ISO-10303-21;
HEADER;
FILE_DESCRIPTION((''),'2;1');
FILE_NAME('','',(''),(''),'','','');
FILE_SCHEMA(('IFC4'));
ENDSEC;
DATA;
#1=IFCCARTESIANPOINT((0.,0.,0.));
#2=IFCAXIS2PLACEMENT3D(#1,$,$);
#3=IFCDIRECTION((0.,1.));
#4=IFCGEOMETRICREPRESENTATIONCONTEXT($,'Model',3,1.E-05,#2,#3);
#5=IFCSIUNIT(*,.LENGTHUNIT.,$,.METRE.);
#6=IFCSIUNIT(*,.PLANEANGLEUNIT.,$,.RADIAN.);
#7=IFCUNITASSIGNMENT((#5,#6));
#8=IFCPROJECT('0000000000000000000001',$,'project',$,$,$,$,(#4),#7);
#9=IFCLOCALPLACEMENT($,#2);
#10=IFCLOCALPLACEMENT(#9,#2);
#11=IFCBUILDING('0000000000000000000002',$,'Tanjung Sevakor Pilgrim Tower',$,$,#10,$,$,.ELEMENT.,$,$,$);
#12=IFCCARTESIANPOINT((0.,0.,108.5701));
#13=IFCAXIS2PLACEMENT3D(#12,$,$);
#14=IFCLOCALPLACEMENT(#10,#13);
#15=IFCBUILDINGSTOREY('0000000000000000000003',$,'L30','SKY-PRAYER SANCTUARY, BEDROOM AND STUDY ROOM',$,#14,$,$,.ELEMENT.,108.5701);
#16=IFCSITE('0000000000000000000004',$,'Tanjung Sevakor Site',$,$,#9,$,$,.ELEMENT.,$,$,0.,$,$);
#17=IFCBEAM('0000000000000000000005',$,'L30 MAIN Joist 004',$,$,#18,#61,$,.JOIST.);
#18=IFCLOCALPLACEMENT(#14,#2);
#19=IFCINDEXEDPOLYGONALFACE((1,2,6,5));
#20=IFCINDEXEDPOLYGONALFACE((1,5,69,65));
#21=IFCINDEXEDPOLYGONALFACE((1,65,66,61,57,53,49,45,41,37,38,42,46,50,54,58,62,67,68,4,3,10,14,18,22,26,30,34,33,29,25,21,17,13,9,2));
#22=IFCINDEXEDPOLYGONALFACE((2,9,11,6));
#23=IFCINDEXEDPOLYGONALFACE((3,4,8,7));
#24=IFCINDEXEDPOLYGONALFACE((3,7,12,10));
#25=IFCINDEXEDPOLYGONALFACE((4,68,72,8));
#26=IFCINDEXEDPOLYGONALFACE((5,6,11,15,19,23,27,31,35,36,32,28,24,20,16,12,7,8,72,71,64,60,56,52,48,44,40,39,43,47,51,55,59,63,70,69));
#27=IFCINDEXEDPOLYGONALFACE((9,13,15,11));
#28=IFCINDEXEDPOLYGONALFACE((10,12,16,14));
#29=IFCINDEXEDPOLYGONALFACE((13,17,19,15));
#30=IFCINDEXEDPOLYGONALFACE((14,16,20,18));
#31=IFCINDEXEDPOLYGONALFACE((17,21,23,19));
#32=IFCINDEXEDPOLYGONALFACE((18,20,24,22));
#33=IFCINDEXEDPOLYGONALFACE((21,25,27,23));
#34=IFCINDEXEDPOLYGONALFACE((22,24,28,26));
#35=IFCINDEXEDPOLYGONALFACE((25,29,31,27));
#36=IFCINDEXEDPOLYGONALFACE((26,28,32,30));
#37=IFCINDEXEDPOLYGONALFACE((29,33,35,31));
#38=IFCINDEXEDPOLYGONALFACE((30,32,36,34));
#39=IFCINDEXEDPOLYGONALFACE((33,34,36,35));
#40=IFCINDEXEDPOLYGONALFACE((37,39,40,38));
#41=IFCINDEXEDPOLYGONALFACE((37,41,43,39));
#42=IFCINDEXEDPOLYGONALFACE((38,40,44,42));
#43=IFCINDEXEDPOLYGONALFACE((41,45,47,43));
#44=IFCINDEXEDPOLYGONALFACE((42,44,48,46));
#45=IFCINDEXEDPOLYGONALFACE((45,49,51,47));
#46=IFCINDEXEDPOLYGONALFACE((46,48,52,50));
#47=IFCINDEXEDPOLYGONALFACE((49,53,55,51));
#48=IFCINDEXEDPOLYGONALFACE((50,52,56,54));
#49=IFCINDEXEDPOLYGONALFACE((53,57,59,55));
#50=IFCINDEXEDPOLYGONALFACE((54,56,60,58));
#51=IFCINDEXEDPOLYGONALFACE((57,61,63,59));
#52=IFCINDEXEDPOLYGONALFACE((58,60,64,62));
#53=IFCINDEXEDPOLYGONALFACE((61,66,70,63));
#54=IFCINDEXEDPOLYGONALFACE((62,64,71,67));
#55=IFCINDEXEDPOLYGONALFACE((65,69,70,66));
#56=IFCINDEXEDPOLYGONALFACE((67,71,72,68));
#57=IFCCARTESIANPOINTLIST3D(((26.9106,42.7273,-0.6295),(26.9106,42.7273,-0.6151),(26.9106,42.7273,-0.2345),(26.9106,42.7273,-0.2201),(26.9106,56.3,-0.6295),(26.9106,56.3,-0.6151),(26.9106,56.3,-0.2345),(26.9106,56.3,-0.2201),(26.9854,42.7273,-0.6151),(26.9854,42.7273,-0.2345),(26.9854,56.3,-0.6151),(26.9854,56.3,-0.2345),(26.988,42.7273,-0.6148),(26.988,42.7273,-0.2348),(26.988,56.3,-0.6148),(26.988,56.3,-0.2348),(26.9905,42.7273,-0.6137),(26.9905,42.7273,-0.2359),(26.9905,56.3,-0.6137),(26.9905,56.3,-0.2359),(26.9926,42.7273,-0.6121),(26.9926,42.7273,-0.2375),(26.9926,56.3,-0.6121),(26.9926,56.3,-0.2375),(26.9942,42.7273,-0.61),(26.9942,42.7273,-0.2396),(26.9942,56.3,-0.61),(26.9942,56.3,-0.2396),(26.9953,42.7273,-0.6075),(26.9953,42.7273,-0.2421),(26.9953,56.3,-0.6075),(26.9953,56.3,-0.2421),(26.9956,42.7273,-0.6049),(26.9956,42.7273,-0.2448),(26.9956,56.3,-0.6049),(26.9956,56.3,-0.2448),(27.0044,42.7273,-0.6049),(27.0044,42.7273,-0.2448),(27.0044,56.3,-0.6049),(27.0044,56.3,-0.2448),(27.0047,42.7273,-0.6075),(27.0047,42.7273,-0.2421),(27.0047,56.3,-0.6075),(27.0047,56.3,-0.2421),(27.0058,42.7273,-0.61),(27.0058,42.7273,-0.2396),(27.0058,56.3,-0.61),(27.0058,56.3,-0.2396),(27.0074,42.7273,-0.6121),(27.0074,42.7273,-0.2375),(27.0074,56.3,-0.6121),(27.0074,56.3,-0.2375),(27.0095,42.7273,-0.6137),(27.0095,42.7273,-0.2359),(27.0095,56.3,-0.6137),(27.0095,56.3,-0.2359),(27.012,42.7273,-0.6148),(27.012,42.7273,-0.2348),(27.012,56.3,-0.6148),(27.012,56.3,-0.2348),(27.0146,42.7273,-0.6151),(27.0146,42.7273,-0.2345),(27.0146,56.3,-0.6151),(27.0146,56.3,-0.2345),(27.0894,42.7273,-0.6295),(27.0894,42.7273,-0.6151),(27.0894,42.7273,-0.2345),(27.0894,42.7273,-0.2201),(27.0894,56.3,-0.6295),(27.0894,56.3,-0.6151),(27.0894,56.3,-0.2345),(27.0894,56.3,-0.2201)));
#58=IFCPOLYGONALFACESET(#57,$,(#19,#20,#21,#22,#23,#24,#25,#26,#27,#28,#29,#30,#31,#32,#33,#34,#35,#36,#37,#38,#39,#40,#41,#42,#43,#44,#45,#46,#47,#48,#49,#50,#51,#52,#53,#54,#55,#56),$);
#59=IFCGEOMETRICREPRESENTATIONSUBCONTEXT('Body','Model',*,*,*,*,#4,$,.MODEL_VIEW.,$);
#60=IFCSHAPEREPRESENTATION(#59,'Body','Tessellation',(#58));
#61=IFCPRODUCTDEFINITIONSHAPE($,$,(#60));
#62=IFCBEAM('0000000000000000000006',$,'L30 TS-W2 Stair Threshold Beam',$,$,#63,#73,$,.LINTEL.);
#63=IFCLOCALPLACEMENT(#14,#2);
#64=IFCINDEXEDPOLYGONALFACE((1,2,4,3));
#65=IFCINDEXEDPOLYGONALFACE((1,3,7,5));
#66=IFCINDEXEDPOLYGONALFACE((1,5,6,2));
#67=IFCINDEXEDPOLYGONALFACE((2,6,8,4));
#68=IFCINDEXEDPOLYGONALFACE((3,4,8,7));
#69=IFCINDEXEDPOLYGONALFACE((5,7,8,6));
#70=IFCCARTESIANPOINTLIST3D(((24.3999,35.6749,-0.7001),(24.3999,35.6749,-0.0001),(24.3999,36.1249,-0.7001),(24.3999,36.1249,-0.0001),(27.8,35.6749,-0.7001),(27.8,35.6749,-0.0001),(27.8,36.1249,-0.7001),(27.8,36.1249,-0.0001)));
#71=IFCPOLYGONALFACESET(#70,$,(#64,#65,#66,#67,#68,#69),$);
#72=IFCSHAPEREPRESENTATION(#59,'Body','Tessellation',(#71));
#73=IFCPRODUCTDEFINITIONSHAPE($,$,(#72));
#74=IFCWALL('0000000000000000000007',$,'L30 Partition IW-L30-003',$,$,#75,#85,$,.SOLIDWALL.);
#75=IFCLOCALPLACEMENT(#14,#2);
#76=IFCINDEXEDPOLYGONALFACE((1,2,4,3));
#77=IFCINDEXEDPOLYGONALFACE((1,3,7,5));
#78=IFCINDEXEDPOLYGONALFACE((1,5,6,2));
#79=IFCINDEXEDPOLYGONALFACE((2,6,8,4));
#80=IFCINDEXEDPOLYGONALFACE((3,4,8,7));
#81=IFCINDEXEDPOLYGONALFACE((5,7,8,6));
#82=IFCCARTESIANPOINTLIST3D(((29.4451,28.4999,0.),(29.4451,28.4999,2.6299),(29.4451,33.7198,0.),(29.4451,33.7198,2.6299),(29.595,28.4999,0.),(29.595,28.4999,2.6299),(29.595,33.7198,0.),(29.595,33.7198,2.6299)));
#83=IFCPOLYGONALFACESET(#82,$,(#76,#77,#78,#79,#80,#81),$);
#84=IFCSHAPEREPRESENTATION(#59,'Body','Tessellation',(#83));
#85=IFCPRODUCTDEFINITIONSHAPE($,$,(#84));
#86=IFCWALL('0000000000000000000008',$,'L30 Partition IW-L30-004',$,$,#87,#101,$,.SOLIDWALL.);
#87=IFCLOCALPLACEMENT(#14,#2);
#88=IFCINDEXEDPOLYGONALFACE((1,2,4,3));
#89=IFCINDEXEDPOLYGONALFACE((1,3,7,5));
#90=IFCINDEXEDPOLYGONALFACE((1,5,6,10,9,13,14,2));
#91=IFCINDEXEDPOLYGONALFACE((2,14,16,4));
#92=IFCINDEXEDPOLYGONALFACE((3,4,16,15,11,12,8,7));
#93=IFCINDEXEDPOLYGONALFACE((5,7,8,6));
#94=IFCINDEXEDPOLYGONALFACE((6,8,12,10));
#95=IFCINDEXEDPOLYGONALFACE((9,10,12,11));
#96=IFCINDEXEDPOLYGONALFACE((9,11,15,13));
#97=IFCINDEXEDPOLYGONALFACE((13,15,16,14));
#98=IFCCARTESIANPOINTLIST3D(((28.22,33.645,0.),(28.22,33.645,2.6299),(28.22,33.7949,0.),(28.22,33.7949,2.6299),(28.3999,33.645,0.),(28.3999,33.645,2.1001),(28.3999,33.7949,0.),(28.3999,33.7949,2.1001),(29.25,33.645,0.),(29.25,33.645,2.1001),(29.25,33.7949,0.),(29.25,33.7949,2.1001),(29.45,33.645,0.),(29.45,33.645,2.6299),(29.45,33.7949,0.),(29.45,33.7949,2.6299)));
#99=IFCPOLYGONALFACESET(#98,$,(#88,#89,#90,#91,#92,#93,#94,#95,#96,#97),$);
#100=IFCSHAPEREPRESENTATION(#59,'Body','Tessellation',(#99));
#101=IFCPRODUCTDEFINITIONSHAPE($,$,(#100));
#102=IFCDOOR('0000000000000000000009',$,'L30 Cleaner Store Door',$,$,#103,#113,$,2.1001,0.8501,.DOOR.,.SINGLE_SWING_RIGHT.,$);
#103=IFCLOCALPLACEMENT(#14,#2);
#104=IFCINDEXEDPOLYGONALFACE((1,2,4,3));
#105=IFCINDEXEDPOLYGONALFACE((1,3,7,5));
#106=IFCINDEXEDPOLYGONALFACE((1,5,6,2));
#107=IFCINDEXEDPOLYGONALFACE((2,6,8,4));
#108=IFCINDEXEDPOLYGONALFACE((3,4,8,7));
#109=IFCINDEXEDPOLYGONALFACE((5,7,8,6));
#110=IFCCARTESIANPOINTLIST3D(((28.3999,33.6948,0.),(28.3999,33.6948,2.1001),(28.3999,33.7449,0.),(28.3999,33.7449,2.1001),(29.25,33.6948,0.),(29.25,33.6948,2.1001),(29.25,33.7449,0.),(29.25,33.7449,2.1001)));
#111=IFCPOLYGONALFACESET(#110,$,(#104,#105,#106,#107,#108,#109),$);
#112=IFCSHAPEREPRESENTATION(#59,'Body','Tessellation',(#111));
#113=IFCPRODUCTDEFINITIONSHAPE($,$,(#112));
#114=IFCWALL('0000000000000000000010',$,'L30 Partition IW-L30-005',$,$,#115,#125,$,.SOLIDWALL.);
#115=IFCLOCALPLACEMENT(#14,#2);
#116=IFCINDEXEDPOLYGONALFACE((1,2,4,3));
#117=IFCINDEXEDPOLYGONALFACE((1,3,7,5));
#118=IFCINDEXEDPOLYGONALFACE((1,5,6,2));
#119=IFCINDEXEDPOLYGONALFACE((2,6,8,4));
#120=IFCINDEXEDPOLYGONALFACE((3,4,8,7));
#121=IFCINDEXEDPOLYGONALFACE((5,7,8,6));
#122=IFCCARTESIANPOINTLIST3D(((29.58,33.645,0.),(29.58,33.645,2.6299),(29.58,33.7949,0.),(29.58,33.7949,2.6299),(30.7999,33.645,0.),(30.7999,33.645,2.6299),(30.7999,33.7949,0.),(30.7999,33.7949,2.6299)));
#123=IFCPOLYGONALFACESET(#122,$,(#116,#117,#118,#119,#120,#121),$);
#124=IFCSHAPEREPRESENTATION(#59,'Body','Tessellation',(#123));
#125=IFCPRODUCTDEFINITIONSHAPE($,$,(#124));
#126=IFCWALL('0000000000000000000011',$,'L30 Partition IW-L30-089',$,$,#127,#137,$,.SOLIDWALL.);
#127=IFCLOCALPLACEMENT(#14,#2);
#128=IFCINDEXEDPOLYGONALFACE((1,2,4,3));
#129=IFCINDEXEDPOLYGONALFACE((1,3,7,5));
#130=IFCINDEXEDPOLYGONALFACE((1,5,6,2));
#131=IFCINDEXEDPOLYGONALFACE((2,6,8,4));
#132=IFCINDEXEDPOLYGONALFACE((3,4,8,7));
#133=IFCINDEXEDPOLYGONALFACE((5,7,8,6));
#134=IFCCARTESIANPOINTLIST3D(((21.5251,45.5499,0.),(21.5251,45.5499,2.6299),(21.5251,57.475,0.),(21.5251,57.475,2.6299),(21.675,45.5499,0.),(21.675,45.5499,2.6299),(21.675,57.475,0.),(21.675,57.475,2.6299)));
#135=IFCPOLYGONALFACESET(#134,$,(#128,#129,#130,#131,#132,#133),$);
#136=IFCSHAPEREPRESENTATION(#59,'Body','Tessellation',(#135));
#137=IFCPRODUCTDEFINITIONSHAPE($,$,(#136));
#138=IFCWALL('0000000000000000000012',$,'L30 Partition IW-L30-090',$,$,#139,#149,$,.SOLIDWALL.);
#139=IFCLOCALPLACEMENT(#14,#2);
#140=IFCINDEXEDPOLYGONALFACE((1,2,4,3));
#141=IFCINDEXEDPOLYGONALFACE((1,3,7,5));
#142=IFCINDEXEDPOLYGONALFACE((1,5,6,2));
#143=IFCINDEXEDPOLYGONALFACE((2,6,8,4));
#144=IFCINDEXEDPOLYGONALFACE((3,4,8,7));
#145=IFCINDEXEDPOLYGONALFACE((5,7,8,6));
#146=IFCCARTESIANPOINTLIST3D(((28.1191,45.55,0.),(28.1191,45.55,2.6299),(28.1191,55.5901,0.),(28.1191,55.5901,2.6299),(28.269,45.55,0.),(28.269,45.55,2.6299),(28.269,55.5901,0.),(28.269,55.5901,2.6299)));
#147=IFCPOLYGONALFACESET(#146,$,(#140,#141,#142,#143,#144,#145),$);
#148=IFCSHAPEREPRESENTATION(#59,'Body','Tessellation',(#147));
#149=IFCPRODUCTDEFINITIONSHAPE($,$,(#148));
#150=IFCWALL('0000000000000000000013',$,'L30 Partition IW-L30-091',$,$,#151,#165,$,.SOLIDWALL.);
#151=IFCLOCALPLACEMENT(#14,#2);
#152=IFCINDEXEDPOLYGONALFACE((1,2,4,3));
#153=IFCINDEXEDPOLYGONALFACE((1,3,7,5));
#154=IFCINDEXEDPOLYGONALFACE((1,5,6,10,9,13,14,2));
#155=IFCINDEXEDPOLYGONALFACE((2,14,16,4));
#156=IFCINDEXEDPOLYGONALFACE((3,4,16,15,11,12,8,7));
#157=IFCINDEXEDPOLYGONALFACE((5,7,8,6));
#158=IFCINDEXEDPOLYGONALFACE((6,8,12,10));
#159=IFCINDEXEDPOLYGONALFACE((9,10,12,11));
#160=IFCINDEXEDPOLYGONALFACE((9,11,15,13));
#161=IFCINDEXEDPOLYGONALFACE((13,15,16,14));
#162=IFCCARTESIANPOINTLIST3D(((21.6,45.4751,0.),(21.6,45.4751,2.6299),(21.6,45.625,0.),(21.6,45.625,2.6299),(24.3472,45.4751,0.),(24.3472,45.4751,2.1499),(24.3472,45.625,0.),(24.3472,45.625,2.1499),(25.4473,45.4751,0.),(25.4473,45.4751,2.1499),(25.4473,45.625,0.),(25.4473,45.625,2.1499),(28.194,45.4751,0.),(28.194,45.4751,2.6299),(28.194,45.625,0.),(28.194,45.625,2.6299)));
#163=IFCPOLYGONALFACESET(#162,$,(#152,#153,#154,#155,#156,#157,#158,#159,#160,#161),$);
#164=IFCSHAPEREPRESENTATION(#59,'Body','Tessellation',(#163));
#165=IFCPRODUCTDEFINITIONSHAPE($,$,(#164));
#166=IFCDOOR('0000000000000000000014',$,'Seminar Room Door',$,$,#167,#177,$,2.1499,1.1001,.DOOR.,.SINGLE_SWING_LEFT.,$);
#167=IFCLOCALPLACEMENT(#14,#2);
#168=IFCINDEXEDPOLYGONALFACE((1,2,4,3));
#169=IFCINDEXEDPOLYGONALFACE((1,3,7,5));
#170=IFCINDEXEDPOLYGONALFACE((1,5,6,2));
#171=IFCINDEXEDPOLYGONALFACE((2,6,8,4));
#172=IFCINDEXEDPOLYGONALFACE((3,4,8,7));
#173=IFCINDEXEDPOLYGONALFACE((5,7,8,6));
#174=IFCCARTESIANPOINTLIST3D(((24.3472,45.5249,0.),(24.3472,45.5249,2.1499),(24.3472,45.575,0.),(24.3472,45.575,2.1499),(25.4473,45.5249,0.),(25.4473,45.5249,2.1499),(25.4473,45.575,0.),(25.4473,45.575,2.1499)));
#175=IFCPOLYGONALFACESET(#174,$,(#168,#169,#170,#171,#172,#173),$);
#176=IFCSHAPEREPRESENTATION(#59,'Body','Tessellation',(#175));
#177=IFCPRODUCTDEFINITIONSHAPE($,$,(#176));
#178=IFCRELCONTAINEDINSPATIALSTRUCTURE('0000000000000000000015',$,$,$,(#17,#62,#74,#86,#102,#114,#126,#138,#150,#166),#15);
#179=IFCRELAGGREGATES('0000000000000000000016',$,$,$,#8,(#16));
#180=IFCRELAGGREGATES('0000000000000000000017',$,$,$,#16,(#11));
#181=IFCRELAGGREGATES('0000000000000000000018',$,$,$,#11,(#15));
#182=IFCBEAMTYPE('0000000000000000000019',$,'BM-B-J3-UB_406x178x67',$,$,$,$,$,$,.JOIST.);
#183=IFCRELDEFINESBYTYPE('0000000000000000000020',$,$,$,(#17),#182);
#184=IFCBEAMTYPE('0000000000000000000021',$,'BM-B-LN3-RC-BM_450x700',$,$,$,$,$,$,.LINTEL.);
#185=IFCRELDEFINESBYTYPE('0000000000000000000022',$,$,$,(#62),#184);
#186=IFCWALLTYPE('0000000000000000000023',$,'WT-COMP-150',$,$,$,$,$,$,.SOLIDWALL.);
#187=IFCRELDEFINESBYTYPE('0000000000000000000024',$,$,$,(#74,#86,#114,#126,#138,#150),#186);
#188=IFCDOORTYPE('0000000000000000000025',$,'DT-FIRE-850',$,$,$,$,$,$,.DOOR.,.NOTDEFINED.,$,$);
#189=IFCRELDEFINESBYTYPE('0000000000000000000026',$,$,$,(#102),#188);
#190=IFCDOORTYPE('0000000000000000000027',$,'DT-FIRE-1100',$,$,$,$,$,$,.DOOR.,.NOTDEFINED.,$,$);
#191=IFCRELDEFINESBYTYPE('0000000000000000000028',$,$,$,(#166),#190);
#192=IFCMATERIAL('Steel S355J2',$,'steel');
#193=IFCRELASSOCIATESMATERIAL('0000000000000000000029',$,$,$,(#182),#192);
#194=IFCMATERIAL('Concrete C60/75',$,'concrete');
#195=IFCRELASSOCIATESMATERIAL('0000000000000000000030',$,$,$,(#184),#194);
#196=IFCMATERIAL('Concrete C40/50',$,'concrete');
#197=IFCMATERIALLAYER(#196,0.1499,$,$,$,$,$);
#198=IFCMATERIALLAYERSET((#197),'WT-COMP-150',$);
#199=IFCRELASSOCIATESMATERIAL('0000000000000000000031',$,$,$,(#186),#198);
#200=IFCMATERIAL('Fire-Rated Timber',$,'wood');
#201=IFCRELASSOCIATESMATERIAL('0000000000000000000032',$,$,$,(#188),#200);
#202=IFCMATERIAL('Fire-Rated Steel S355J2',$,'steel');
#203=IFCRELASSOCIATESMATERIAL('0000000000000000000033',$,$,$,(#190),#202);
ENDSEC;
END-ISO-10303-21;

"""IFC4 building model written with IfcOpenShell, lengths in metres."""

from ifc_helpers import new_model, si_unit, direction, frame, frame_2d, origin, origin_2d, place, context, subcontext, project, spatial, rectangle, i_section, extrude, material, layer, layer_set, material_profile, profile_set, type_object, element, fill, save


model = new_model("IFC4")

# Units and contexts
model_context = context("Model", 3, precision=1e-05, world=origin(), true_north=direction((0.0, 1.0)))
body_context = subcontext(model_context, "Body", "Model", "MODEL_VIEW")
ifc_project = project(units=[si_unit("LENGTHUNIT", "METRE"), si_unit("PLANEANGLEUNIT", "RADIAN")], contexts=[model_context])

# Site, building, storey
site_placement = place(None, origin())
site = spatial("IfcSite", under=ifc_project, at=site_placement, Name="Tanjung Sevakor Site", CompositionType="ELEMENT", RefElevation=0.0)
building_placement = place(site_placement, origin())
building = spatial("IfcBuilding", under=site, at=building_placement, Name="Tanjung Sevakor Pilgrim Tower", CompositionType="ELEMENT")
storey_placement = place(building_placement, frame((0.0, 0.0, 108.5701)))
storey = spatial("IfcBuildingStorey", under=building, at=storey_placement, Name="L30", Description="SKY-PRAYER SANCTUARY, BEDROOM AND STUDY ROOM", CompositionType="ELEMENT", Elevation=108.5701)

# Beams
ifc_material_1 = material(Name="Steel S355J2", Category="steel")
ifc_material_profile_1 = material_profile(ifc_material_1, i_section(OverallWidth=0.1787, OverallDepth=0.4094, WebThickness=0.0088, FlangeThickness=0.0144, FilletRadius=0.0103, at=origin_2d()))
ifc_profile_set_1 = profile_set([ifc_material_profile_1], Name="Steel S355J2")
beam_type_1 = type_object("IfcBeamType", Name="BM-B-J3-UB_406x178x67", PredefinedType="JOIST", material=ifc_profile_set_1)
beam_1_placement = place(storey_placement, frame((27.0, 42.7273, -0.4248), z_axis=(0.0, 1.0, 0.0), x_axis=(-1.0, 0.0, 0.0)))
element("IfcBeam", 1, at=beam_1_placement, inside=storey, type_object=beam_type_1, Name="L30 MAIN Joist 004", PredefinedType="JOIST", context=body_context, shape_type="SweptSolid", body=[
    extrude(i_section(OverallWidth=0.1787, OverallDepth=0.4094, WebThickness=0.0088, FlangeThickness=0.0144, FilletRadius=0.0103, at=origin_2d()), origin(), (0.0, 0.0, 1.0), 13.5728),
])
ifc_material_2 = material(Name="Concrete C60/75", Category="concrete")
ifc_material_profile_2 = material_profile(ifc_material_2, rectangle(XDim=0.45, YDim=0.7, at=origin_2d()))
ifc_profile_set_2 = profile_set([ifc_material_profile_2], Name="Concrete C60/75")
beam_type_2 = type_object("IfcBeamType", Name="BM-B-LN3-RC-BM_450x700", PredefinedType="LINTEL", material=ifc_profile_set_2)
beam_2_placement = place(storey_placement, frame((24.3999, 35.8999, -0.3501), z_axis=(1.0, 0.0, 0.0), x_axis=(0.0, 1.0, 0.0)))
element("IfcBeam", 2, at=beam_2_placement, inside=storey, type_object=beam_type_2, Name="L30 TS-W2 Stair Threshold Beam", PredefinedType="LINTEL", context=body_context, shape_type="SweptSolid", body=[
    extrude(rectangle(XDim=0.45, YDim=0.7, at=origin_2d()), origin(), (0.0, 0.0, 1.0), 3.4001),
])

# Wall
ifc_material_3 = material(Name="Concrete C40/50", Category="concrete")
ifc_layer_1 = layer(ifc_material_3, 0.1499)
ifc_layer_set_1 = layer_set([ifc_layer_1], Name="WT-COMP-150")
wall_type_1 = type_object("IfcWallType", Name="WT-COMP-150", PredefinedType="SOLIDWALL", material=ifc_layer_set_1)
wall_1_placement = place(storey_placement, frame((29.52, 28.5, 0.0), z_axis=(0.0, 0.0, 1.0), x_axis=(0.0, 1.0, 0.0)))
element("IfcWall", 3, at=wall_1_placement, inside=storey, type_object=wall_type_1, Name="L30 Partition IW-L30-003", PredefinedType="SOLIDWALL", context=body_context, shape_type="SweptSolid", body=[
    extrude(rectangle(XDim=5.22, YDim=0.1499, at=frame_2d((2.6099, 0.0))), origin(), (0.0, 0.0, 1.0), 2.6299),
])

# Wall, opening, door
wall_2_placement = place(storey_placement, frame((28.22, 33.72, 0.0), z_axis=(0.0, 0.0, 1.0), x_axis=(1.0, 0.0, 0.0)))
wall_2 = element("IfcWall", 4, at=wall_2_placement, inside=storey, type_object=wall_type_1, Name="L30 Partition IW-L30-004", PredefinedType="SOLIDWALL", context=body_context, shape_type="SweptSolid", body=[
    extrude(rectangle(XDim=1.23, YDim=0.1499, at=frame_2d((0.615, 0.0))), origin(), (0.0, 0.0, 1.0), 2.6299),
])
opening_1_placement = place(wall_2_placement, frame((0.1799, 0.0, 0.0)))
opening_1 = element("IfcOpeningElement", 5, at=opening_1_placement, cuts=wall_2, PredefinedType="OPENING", context=body_context, shape_type="SweptSolid", body=[
    extrude(rectangle(XDim=0.8501, YDim=2.1001, at=frame_2d((0.425, 1.05))), frame((0.0, 0.085, 0.0), z_axis=(0.0, -1.0, 0.0), x_axis=(1.0, 0.0, 0.0)), (0.0, 0.0, 1.0), 0.1699),
])
ifc_material_4 = material(Name="Fire-Rated Timber", Category="wood")
door_type_1 = type_object("IfcDoorType", Name="DT-FIRE-850", OperationType="NOTDEFINED", PredefinedType="DOOR", material=ifc_material_4)
door_1_placement = place(opening_1_placement, origin())
door_1 = element("IfcDoor", 6, at=door_1_placement, inside=storey, type_object=door_type_1, Name="L30 Cleaner Store Door", OperationType="SINGLE_SWING_RIGHT", OverallHeight=2.1001, OverallWidth=0.8501, PredefinedType="DOOR", context=body_context, shape_type="SweptSolid", body=[
    extrude(rectangle(XDim=0.8501, YDim=2.1001, at=frame_2d((0.425, 1.05))), frame((0.0, 0.0249, 0.0), z_axis=(0.0, -1.0, 0.0), x_axis=(1.0, 0.0, 0.0)), (0.0, 0.0, 1.0), 0.05),
])
fill(opening_1, door_1)

# Wall
wall_3_placement = place(storey_placement, frame((29.5801, 33.72, 0.0), z_axis=(0.0, 0.0, 1.0), x_axis=(1.0, 0.0, 0.0)))
element("IfcWall", 7, at=wall_3_placement, inside=storey, type_object=wall_type_1, Name="L30 Partition IW-L30-005", PredefinedType="SOLIDWALL", context=body_context, shape_type="SweptSolid", body=[
    extrude(rectangle(XDim=1.22, YDim=0.1499, at=frame_2d((0.6099, 0.0))), origin(), (0.0, 0.0, 1.0), 2.6299),
])

# Walls
wall_4_placement = place(storey_placement, frame((21.6001, 45.55, 0.0), z_axis=(0.0, 0.0, 1.0), x_axis=(0.0, 1.0, 0.0)))
element("IfcWall", 8, at=wall_4_placement, inside=storey, type_object=wall_type_1, Name="L30 Partition IW-L30-089", PredefinedType="SOLIDWALL", context=body_context, shape_type="SweptSolid", body=[
    extrude(rectangle(XDim=11.925, YDim=0.1499, at=frame_2d((5.9624, 0.0))), origin(), (0.0, 0.0, 1.0), 2.6299),
])
wall_5_placement = place(storey_placement, frame((28.1941, 45.55, 0.0), z_axis=(0.0, 0.0, 1.0), x_axis=(0.0, 1.0, 0.0)))
element("IfcWall", 9, at=wall_5_placement, inside=storey, type_object=wall_type_1, Name="L30 Partition IW-L30-090", PredefinedType="SOLIDWALL", context=body_context, shape_type="SweptSolid", body=[
    extrude(rectangle(XDim=10.04, YDim=0.1499, at=frame_2d((5.02, 0.0))), origin(), (0.0, 0.0, 1.0), 2.6299),
])

# Wall, opening, door
wall_6_placement = place(storey_placement, frame((21.6001, 45.55, 0.0), z_axis=(0.0, 0.0, 1.0), x_axis=(1.0, 0.0, 0.0)))
wall_6 = element("IfcWall", 10, at=wall_6_placement, inside=storey, type_object=wall_type_1, Name="L30 Partition IW-L30-091", PredefinedType="SOLIDWALL", context=body_context, shape_type="SweptSolid", body=[
    extrude(rectangle(XDim=6.594, YDim=0.1499, at=frame_2d((3.2969, 0.0))), origin(), (0.0, 0.0, 1.0), 2.6299),
])
opening_2_placement = place(wall_6_placement, frame((2.7471, 0.0, 0.0)))
opening_2 = element("IfcOpeningElement", 11, at=opening_2_placement, cuts=wall_6, PredefinedType="OPENING", context=body_context, shape_type="SweptSolid", body=[
    extrude(rectangle(XDim=1.1001, YDim=2.1499, at=frame_2d((0.55, 1.075))), frame((0.0, 0.085, 0.0), z_axis=(0.0, -1.0, 0.0), x_axis=(1.0, 0.0, 0.0)), (0.0, 0.0, 1.0), 0.1699),
])
ifc_material_5 = material(Name="Fire-Rated Steel S355J2", Category="steel")
door_type_2 = type_object("IfcDoorType", Name="DT-FIRE-1100", OperationType="NOTDEFINED", PredefinedType="DOOR", material=ifc_material_5)
door_2_placement = place(opening_2_placement, origin())
door_2 = element("IfcDoor", 12, at=door_2_placement, inside=storey, type_object=door_type_2, Name="Seminar Room Door", OperationType="SINGLE_SWING_LEFT", OverallHeight=2.1499, OverallWidth=1.1001, PredefinedType="DOOR", context=body_context, shape_type="SweptSolid", body=[
    extrude(rectangle(XDim=1.1001, YDim=2.1499, at=frame_2d((0.55, 1.075))), frame((0.0, 0.0249, 0.0), z_axis=(0.0, -1.0, 0.0), x_axis=(1.0, 0.0, 0.0)), (0.0, 0.0, 1.0), 0.05),
])
fill(opening_2, door_2)

save(model, "model.ifc")
